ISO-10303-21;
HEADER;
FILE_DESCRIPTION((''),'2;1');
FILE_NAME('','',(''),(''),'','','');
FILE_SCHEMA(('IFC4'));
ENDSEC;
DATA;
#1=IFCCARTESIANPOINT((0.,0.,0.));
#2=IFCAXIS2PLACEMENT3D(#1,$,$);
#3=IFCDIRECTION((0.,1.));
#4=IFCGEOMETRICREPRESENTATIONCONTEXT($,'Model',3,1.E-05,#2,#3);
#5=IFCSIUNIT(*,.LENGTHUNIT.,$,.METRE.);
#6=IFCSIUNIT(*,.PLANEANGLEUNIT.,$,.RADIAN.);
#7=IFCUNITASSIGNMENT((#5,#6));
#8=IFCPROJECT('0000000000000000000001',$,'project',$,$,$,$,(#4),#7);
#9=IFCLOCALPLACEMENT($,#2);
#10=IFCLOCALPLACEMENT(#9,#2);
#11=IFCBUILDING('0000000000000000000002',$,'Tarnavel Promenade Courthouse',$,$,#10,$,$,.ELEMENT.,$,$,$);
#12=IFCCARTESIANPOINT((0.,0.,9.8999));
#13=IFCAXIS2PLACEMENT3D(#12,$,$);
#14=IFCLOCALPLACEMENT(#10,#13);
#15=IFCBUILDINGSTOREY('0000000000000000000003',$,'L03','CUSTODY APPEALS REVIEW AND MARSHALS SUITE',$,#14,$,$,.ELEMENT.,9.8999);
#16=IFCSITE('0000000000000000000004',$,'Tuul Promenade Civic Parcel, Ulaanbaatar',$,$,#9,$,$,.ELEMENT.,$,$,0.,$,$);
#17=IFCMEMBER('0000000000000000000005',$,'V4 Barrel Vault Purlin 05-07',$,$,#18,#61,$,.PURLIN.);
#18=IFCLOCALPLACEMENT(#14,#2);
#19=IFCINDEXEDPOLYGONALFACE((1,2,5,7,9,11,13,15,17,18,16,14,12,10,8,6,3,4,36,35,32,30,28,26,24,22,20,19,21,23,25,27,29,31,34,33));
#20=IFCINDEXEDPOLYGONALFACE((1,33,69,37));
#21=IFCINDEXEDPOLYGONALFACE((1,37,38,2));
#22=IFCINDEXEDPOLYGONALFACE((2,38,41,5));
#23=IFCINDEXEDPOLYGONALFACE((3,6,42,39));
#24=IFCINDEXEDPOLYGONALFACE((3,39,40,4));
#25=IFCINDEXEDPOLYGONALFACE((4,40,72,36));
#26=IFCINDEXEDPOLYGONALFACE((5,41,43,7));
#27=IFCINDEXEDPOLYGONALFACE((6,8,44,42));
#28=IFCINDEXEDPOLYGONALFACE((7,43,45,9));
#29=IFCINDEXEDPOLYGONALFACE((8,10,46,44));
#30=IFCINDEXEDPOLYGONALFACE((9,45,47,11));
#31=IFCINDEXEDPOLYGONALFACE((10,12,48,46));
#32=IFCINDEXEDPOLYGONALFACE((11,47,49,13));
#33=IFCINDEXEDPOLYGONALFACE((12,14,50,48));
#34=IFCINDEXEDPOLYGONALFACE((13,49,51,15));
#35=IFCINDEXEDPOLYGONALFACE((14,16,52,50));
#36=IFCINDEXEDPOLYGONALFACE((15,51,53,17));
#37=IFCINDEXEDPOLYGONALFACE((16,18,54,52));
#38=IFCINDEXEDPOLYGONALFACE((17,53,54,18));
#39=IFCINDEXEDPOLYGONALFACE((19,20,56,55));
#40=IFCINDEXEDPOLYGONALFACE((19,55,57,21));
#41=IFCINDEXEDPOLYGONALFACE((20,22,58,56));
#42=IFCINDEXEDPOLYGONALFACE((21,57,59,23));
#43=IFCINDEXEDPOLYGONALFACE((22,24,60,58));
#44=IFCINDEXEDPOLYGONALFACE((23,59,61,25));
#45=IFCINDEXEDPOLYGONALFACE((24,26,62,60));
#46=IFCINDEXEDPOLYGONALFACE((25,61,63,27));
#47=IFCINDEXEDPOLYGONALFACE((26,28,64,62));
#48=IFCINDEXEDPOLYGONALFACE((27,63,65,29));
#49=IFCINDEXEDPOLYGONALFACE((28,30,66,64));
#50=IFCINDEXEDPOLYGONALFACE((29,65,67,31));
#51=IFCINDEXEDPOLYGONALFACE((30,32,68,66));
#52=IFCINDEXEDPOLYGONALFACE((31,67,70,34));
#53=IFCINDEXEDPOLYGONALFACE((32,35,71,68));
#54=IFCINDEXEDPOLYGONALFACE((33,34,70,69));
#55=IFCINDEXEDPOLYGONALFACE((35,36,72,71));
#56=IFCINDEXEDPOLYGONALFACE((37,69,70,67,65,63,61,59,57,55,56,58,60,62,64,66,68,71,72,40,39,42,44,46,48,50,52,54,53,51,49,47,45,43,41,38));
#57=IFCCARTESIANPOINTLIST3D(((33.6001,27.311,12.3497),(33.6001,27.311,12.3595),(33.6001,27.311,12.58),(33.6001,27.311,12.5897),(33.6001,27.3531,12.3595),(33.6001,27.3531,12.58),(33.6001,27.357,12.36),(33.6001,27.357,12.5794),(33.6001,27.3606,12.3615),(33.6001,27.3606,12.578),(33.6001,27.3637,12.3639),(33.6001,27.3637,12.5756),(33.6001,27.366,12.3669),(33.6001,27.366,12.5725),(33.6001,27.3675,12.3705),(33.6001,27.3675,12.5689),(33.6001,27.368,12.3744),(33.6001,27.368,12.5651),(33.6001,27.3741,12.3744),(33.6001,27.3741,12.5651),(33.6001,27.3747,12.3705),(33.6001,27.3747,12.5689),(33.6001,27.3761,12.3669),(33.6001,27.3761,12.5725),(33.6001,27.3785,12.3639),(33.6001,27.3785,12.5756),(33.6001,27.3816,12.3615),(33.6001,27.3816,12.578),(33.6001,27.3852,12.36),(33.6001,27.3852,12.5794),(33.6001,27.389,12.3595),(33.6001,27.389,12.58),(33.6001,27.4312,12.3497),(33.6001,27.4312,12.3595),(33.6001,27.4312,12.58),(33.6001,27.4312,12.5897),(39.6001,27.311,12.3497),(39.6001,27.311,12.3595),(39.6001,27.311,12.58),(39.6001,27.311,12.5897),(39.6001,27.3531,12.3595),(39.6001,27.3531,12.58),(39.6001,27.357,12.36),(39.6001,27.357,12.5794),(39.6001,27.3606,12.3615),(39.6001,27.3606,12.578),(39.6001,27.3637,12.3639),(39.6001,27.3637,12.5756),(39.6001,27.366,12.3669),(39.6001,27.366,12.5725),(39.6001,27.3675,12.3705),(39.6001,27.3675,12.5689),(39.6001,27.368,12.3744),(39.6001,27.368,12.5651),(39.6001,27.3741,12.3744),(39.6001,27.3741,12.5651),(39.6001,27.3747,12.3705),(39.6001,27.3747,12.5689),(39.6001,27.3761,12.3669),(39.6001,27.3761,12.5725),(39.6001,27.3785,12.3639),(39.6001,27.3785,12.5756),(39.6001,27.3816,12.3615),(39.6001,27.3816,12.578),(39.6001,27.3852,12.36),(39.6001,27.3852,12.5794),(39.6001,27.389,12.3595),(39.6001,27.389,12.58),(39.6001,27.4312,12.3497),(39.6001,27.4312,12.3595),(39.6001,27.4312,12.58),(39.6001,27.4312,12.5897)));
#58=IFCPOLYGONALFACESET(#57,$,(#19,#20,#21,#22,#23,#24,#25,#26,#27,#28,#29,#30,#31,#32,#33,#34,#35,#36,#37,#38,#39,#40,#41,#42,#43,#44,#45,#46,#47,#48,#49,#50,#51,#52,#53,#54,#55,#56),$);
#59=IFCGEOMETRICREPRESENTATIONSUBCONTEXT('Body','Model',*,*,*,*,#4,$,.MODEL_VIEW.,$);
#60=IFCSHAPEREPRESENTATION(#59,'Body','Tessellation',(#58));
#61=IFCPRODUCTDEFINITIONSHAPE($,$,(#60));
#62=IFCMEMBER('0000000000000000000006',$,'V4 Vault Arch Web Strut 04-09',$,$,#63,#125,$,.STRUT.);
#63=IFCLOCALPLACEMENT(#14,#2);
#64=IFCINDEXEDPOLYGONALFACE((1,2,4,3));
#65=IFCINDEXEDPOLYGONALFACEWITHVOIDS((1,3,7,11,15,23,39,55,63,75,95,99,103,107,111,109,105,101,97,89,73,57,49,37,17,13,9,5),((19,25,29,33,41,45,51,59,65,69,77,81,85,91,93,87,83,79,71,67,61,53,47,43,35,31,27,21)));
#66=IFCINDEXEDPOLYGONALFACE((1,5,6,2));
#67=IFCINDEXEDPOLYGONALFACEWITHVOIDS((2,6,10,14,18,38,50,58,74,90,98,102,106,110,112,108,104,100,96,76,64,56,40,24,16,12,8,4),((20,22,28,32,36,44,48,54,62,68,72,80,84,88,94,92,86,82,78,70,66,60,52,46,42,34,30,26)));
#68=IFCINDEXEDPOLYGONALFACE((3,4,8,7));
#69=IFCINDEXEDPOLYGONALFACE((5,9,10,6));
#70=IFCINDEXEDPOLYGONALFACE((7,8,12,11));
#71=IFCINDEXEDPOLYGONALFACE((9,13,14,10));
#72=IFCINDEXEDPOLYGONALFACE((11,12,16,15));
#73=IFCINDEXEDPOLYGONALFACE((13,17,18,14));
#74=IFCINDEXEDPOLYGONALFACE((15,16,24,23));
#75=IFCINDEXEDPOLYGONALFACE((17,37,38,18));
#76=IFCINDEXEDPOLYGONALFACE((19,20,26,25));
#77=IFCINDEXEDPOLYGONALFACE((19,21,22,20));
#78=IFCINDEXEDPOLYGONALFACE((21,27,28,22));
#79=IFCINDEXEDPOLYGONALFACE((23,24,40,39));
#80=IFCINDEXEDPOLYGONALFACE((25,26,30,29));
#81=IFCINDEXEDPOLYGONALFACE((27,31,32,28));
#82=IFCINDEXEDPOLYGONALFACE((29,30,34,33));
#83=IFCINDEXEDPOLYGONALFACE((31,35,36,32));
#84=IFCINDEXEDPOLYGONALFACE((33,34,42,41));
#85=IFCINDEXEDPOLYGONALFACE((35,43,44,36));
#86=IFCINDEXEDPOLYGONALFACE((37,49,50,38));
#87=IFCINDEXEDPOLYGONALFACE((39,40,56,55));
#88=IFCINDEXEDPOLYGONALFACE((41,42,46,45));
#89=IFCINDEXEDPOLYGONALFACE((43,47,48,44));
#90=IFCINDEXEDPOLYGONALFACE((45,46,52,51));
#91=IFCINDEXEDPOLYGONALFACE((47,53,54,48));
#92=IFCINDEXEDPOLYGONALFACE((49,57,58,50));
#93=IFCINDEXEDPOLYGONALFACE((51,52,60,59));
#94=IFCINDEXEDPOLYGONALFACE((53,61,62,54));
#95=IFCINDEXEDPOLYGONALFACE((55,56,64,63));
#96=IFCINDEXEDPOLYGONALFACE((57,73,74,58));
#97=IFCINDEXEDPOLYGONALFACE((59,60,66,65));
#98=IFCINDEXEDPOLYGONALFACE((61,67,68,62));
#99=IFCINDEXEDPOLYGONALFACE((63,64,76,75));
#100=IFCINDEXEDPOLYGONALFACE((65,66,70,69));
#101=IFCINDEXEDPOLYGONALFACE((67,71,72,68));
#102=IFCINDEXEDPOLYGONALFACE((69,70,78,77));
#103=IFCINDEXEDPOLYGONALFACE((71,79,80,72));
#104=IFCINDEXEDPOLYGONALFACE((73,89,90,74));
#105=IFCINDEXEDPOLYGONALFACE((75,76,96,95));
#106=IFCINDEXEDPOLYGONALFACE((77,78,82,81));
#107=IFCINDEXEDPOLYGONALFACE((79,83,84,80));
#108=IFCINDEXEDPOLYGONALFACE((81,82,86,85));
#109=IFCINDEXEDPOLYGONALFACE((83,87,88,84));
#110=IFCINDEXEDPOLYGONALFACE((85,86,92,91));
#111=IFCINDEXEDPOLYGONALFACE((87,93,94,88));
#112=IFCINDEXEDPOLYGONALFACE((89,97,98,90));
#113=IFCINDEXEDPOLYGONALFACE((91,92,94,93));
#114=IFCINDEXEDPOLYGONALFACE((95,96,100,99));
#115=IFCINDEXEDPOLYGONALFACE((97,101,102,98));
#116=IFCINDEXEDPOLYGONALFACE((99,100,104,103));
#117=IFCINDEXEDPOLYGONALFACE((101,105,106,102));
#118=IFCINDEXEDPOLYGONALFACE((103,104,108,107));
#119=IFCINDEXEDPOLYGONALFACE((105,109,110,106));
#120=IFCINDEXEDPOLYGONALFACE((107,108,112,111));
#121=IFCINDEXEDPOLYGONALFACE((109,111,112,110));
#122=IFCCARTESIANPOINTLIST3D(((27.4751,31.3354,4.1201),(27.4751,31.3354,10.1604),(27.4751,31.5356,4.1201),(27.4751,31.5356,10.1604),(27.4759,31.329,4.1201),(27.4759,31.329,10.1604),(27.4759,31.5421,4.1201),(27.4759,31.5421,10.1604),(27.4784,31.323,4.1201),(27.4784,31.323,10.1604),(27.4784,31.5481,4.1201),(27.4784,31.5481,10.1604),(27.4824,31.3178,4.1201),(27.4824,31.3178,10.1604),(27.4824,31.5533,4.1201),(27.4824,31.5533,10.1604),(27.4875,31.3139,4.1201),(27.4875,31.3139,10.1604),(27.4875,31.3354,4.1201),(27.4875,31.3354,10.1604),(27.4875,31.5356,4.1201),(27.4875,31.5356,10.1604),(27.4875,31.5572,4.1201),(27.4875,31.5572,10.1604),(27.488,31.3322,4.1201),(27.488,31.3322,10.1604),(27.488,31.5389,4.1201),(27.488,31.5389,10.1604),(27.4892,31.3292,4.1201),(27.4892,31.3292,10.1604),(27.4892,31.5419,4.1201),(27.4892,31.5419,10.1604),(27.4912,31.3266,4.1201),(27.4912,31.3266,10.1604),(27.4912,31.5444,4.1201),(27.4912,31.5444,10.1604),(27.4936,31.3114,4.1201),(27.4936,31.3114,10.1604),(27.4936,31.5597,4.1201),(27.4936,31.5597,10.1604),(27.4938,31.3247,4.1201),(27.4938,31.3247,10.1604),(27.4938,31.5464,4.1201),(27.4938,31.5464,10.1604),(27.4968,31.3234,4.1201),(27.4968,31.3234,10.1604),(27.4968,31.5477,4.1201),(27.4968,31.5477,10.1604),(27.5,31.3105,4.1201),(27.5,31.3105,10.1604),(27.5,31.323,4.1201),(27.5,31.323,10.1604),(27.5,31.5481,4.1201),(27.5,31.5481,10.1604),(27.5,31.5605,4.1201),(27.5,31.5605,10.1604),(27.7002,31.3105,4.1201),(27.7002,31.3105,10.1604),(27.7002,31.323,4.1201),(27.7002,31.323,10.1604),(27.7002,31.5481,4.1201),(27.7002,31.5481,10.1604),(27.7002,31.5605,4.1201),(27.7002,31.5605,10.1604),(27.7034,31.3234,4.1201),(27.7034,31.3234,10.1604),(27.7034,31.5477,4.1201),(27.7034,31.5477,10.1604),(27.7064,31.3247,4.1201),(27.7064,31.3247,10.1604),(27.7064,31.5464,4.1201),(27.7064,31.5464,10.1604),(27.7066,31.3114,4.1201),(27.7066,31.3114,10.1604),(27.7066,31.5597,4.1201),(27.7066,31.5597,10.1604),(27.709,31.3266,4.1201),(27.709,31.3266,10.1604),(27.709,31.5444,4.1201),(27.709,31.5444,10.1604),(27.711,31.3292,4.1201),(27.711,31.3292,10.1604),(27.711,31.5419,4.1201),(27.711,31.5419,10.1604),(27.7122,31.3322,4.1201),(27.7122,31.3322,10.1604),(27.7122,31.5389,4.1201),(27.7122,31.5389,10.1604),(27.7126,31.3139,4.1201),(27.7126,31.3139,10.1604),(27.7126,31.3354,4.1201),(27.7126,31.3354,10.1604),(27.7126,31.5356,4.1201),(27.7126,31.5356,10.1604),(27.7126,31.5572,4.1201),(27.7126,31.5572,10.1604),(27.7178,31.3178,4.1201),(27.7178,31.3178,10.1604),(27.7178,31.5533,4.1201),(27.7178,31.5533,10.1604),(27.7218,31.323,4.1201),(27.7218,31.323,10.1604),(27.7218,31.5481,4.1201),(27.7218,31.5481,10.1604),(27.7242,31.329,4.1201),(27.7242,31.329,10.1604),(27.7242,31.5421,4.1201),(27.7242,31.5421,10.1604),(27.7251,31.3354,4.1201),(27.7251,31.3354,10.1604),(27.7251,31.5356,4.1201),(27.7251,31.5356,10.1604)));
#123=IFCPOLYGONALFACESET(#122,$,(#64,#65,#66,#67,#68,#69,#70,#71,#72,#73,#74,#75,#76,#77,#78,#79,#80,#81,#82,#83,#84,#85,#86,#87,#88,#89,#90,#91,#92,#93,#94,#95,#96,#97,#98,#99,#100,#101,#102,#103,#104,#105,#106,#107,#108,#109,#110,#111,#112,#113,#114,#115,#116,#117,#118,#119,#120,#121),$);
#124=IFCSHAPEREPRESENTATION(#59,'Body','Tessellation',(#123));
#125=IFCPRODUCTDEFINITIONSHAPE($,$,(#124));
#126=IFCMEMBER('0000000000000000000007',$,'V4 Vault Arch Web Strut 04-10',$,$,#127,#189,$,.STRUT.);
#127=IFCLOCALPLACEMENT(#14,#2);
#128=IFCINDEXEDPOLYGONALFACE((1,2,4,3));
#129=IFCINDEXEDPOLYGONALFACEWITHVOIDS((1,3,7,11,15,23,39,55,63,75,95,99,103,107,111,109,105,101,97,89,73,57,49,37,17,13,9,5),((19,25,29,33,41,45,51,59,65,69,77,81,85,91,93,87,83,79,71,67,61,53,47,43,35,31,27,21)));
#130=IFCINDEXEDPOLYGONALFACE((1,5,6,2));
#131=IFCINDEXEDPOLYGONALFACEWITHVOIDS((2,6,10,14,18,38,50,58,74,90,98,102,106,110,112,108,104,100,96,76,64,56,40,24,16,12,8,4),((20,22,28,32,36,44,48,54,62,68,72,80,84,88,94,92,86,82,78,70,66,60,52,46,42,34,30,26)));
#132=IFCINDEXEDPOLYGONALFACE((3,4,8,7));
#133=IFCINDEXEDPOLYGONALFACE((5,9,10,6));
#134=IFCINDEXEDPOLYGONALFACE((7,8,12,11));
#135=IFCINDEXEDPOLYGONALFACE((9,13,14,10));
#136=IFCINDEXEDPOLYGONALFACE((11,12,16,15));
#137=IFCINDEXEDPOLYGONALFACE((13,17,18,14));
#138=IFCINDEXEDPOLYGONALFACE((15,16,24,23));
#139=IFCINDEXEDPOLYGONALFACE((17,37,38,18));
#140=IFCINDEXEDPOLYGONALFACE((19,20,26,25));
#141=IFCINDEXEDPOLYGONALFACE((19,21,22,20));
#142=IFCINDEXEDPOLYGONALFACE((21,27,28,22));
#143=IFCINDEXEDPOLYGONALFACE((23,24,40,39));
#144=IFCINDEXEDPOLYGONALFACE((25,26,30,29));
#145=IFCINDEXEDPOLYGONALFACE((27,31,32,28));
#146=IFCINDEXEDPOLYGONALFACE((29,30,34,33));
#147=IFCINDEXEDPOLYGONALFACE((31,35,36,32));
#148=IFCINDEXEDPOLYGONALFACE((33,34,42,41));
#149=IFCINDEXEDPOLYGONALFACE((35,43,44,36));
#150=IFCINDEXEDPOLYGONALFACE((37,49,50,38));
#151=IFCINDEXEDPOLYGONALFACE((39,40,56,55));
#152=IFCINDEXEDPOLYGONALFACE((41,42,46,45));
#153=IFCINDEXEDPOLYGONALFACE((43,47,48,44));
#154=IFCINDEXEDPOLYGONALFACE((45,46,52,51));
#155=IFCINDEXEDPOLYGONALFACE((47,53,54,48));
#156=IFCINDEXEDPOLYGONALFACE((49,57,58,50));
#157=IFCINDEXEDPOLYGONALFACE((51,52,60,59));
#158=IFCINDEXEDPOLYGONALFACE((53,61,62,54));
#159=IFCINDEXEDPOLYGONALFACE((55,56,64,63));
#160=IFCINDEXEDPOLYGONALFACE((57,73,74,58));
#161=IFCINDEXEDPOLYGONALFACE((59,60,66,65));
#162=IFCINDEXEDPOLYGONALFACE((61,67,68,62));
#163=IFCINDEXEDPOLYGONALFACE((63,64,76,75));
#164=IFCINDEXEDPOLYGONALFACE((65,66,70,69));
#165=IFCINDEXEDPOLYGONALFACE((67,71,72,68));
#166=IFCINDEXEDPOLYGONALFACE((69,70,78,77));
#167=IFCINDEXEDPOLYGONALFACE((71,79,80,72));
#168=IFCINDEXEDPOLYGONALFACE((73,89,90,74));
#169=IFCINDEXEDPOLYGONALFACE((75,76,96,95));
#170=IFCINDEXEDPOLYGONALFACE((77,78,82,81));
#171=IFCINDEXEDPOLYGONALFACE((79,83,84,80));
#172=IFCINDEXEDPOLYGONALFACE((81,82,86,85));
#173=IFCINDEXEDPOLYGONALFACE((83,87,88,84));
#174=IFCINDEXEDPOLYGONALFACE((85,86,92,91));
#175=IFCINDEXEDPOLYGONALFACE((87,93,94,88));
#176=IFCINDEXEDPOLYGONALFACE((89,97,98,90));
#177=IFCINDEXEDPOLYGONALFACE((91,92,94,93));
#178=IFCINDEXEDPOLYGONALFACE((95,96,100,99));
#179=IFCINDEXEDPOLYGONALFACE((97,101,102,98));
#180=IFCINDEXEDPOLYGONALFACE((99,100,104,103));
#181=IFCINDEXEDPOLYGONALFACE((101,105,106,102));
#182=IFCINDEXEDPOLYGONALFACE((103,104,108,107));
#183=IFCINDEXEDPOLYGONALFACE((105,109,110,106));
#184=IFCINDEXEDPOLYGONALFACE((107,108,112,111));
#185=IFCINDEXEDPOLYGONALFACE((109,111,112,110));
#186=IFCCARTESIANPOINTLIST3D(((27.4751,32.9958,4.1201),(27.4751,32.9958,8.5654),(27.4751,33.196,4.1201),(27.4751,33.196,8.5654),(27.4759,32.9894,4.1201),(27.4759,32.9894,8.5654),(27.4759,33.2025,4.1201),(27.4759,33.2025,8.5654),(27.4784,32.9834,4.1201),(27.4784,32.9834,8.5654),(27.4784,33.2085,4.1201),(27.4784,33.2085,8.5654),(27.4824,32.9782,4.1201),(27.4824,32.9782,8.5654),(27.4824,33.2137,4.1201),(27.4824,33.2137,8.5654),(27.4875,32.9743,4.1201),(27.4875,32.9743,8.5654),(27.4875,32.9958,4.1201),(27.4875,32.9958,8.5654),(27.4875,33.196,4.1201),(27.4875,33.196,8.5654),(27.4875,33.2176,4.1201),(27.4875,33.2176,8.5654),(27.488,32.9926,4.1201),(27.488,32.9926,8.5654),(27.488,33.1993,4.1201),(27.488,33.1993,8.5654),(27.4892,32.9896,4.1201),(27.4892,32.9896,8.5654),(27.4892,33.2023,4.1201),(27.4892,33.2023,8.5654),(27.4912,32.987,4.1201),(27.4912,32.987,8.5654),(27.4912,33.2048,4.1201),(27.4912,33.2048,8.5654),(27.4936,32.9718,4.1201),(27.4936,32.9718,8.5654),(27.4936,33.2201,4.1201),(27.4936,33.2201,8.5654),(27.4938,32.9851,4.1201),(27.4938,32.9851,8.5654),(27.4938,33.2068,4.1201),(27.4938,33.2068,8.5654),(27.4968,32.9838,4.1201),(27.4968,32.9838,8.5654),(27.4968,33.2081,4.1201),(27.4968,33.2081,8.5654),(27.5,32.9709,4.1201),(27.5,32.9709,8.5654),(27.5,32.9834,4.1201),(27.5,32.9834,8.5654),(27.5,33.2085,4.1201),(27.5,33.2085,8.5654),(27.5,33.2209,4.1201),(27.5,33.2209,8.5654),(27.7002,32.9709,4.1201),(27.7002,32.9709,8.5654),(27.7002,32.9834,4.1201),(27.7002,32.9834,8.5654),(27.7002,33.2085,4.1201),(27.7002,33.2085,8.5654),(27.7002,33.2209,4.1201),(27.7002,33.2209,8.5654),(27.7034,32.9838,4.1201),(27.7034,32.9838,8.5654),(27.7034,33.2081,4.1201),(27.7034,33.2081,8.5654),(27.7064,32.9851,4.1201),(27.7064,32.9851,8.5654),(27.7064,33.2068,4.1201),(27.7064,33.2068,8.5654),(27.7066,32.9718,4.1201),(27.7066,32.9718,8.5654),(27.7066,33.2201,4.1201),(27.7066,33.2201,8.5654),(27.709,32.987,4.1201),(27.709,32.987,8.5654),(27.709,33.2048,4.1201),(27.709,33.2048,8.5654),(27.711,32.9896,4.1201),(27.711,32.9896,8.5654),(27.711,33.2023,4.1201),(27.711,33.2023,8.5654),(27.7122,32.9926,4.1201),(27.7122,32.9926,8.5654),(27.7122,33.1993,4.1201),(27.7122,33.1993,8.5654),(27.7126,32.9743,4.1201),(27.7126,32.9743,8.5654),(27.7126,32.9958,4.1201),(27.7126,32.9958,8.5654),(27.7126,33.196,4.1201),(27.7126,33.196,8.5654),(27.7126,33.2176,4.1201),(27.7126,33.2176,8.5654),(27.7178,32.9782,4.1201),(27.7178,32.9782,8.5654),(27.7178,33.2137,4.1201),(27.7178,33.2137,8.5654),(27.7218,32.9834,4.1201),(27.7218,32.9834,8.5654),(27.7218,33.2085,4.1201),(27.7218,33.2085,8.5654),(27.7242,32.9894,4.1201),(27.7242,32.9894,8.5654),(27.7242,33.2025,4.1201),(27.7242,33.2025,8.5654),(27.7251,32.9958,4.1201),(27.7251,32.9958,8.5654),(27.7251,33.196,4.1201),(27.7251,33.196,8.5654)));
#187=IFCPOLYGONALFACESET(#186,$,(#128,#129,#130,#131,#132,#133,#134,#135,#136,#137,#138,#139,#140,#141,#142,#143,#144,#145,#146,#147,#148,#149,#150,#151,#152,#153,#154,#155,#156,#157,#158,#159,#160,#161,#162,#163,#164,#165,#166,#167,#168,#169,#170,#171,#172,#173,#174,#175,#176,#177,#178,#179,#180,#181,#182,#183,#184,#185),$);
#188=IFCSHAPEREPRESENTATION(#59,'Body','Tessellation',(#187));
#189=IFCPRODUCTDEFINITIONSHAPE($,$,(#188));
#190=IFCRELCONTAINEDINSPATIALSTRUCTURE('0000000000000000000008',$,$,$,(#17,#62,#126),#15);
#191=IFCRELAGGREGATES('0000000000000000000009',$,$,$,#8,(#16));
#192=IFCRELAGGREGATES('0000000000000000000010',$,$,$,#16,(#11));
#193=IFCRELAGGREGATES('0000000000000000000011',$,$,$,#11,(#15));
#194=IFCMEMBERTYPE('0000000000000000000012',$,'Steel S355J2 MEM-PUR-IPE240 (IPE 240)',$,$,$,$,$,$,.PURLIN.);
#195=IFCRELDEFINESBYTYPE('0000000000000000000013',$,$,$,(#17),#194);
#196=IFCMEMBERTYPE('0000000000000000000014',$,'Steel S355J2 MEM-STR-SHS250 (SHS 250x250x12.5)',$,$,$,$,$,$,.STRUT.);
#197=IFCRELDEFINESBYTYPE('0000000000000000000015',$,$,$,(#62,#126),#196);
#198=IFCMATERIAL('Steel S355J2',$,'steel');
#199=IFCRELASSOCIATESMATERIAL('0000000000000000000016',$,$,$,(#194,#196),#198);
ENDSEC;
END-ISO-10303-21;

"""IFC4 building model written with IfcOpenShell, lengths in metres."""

from ifc_helpers import new_model, si_unit, direction, frame, origin, origin_2d, place, context, subcontext, project, spatial, hollow_rectangle, i_section, extrude, material, material_profile, profile_set, type_object, element, save


model = new_model("IFC4")

# Units and contexts
model_context = context("Model", 3, precision=1e-05, world=origin(), true_north=direction((0.0, 1.0)))
body_context = subcontext(model_context, "Body", "Model", "MODEL_VIEW")
ifc_project = project(units=[si_unit("LENGTHUNIT", "METRE"), si_unit("PLANEANGLEUNIT", "RADIAN")], contexts=[model_context])

# Site, building, storey
site_placement = place(None, origin())
site = spatial("IfcSite", under=ifc_project, at=site_placement, Name="Tuul Promenade Civic Parcel, Ulaanbaatar", CompositionType="ELEMENT", RefElevation=0.0)
building_placement = place(site_placement, origin())
building = spatial("IfcBuilding", under=site, at=building_placement, Name="Tarnavel Promenade Courthouse", CompositionType="ELEMENT")
storey_placement = place(building_placement, frame((0.0, 0.0, 9.8999)))
storey = spatial("IfcBuildingStorey", under=building, at=storey_placement, Name="L03", Description="CUSTODY APPEALS REVIEW AND MARSHALS SUITE", CompositionType="ELEMENT", Elevation=9.8999)

# Shared definitions
ifc_material_1 = material(Name="Steel S355J2", Category="steel")

# Members
ifc_material_profile_1 = material_profile(ifc_material_1, i_section(OverallWidth=0.1201, OverallDepth=0.24, WebThickness=0.0061, FlangeThickness=0.0098, FilletRadius=0.0149, at=origin_2d()), Name="IPE 240")
ifc_profile_set_1 = profile_set([ifc_material_profile_1], Name="Steel S355J2")
member_type_1 = type_object("IfcMemberType", Name="Steel S355J2 MEM-PUR-IPE240 (IPE 240)", PredefinedType="PURLIN", material=ifc_profile_set_1)
for number, where, z_axis, x_axis, name in (
    (1, (33.6001, 27.3711, 12.4697), (1.0, 0.0, 0.0), (0.0, 1.0, 0.0), "V4 Barrel Vault Purlin 05-07"),
):
    element("IfcMember", number, at=place(storey_placement, frame(where, z_axis=z_axis, x_axis=x_axis)), inside=storey, type_object=member_type_1, Name=name, PredefinedType="PURLIN", context=body_context, shape_type="SweptSolid", body=[
        extrude(i_section(OverallWidth=0.1201, OverallDepth=0.24, WebThickness=0.0061, FlangeThickness=0.0098, FilletRadius=0.0149, at=origin_2d()), origin(), (0.0, 0.0, 1.0), 6.0),
    ])
ifc_material_profile_2 = material_profile(ifc_material_1, hollow_rectangle(XDim=0.25, YDim=0.25, WallThickness=0.0125, InnerFilletRadius=0.0125, OuterFilletRadius=0.0249, at=origin_2d()), Name="SHS 250x250x12.5")
ifc_profile_set_2 = profile_set([ifc_material_profile_2], Name="Steel S355J2")
member_type_2 = type_object("IfcMemberType", Name="Steel S355J2 MEM-STR-SHS250 (SHS 250x250x12.5)", PredefinedType="STRUT", material=ifc_profile_set_2)
member_1_placement = place(storey_placement, frame((27.6001, 31.4355, 4.1201), z_axis=(0.0, 0.0, 1.0), x_axis=(1.0, 0.0, 0.0)))
element("IfcMember", 2, at=member_1_placement, inside=storey, type_object=member_type_2, Name="V4 Vault Arch Web Strut 04-09", PredefinedType="STRUT", context=body_context, shape_type="SweptSolid", body=[
    extrude(hollow_rectangle(XDim=0.25, YDim=0.25, WallThickness=0.0125, InnerFilletRadius=0.0125, OuterFilletRadius=0.0249, at=origin_2d()), origin(), (0.0, 0.0, 1.0), 6.0403),
])
member_2_placement = place(storey_placement, frame((27.6001, 33.0959, 4.1201), z_axis=(0.0, 0.0, 1.0), x_axis=(1.0, 0.0, 0.0)))
element("IfcMember", 3, at=member_2_placement, inside=storey, type_object=member_type_2, Name="V4 Vault Arch Web Strut 04-10", PredefinedType="STRUT", context=body_context, shape_type="SweptSolid", body=[
    extrude(hollow_rectangle(XDim=0.25, YDim=0.25, WallThickness=0.0125, InnerFilletRadius=0.0125, OuterFilletRadius=0.0249, at=origin_2d()), origin(), (0.0, 0.0, 1.0), 4.4453),
])

save(model, "model.ifc")
